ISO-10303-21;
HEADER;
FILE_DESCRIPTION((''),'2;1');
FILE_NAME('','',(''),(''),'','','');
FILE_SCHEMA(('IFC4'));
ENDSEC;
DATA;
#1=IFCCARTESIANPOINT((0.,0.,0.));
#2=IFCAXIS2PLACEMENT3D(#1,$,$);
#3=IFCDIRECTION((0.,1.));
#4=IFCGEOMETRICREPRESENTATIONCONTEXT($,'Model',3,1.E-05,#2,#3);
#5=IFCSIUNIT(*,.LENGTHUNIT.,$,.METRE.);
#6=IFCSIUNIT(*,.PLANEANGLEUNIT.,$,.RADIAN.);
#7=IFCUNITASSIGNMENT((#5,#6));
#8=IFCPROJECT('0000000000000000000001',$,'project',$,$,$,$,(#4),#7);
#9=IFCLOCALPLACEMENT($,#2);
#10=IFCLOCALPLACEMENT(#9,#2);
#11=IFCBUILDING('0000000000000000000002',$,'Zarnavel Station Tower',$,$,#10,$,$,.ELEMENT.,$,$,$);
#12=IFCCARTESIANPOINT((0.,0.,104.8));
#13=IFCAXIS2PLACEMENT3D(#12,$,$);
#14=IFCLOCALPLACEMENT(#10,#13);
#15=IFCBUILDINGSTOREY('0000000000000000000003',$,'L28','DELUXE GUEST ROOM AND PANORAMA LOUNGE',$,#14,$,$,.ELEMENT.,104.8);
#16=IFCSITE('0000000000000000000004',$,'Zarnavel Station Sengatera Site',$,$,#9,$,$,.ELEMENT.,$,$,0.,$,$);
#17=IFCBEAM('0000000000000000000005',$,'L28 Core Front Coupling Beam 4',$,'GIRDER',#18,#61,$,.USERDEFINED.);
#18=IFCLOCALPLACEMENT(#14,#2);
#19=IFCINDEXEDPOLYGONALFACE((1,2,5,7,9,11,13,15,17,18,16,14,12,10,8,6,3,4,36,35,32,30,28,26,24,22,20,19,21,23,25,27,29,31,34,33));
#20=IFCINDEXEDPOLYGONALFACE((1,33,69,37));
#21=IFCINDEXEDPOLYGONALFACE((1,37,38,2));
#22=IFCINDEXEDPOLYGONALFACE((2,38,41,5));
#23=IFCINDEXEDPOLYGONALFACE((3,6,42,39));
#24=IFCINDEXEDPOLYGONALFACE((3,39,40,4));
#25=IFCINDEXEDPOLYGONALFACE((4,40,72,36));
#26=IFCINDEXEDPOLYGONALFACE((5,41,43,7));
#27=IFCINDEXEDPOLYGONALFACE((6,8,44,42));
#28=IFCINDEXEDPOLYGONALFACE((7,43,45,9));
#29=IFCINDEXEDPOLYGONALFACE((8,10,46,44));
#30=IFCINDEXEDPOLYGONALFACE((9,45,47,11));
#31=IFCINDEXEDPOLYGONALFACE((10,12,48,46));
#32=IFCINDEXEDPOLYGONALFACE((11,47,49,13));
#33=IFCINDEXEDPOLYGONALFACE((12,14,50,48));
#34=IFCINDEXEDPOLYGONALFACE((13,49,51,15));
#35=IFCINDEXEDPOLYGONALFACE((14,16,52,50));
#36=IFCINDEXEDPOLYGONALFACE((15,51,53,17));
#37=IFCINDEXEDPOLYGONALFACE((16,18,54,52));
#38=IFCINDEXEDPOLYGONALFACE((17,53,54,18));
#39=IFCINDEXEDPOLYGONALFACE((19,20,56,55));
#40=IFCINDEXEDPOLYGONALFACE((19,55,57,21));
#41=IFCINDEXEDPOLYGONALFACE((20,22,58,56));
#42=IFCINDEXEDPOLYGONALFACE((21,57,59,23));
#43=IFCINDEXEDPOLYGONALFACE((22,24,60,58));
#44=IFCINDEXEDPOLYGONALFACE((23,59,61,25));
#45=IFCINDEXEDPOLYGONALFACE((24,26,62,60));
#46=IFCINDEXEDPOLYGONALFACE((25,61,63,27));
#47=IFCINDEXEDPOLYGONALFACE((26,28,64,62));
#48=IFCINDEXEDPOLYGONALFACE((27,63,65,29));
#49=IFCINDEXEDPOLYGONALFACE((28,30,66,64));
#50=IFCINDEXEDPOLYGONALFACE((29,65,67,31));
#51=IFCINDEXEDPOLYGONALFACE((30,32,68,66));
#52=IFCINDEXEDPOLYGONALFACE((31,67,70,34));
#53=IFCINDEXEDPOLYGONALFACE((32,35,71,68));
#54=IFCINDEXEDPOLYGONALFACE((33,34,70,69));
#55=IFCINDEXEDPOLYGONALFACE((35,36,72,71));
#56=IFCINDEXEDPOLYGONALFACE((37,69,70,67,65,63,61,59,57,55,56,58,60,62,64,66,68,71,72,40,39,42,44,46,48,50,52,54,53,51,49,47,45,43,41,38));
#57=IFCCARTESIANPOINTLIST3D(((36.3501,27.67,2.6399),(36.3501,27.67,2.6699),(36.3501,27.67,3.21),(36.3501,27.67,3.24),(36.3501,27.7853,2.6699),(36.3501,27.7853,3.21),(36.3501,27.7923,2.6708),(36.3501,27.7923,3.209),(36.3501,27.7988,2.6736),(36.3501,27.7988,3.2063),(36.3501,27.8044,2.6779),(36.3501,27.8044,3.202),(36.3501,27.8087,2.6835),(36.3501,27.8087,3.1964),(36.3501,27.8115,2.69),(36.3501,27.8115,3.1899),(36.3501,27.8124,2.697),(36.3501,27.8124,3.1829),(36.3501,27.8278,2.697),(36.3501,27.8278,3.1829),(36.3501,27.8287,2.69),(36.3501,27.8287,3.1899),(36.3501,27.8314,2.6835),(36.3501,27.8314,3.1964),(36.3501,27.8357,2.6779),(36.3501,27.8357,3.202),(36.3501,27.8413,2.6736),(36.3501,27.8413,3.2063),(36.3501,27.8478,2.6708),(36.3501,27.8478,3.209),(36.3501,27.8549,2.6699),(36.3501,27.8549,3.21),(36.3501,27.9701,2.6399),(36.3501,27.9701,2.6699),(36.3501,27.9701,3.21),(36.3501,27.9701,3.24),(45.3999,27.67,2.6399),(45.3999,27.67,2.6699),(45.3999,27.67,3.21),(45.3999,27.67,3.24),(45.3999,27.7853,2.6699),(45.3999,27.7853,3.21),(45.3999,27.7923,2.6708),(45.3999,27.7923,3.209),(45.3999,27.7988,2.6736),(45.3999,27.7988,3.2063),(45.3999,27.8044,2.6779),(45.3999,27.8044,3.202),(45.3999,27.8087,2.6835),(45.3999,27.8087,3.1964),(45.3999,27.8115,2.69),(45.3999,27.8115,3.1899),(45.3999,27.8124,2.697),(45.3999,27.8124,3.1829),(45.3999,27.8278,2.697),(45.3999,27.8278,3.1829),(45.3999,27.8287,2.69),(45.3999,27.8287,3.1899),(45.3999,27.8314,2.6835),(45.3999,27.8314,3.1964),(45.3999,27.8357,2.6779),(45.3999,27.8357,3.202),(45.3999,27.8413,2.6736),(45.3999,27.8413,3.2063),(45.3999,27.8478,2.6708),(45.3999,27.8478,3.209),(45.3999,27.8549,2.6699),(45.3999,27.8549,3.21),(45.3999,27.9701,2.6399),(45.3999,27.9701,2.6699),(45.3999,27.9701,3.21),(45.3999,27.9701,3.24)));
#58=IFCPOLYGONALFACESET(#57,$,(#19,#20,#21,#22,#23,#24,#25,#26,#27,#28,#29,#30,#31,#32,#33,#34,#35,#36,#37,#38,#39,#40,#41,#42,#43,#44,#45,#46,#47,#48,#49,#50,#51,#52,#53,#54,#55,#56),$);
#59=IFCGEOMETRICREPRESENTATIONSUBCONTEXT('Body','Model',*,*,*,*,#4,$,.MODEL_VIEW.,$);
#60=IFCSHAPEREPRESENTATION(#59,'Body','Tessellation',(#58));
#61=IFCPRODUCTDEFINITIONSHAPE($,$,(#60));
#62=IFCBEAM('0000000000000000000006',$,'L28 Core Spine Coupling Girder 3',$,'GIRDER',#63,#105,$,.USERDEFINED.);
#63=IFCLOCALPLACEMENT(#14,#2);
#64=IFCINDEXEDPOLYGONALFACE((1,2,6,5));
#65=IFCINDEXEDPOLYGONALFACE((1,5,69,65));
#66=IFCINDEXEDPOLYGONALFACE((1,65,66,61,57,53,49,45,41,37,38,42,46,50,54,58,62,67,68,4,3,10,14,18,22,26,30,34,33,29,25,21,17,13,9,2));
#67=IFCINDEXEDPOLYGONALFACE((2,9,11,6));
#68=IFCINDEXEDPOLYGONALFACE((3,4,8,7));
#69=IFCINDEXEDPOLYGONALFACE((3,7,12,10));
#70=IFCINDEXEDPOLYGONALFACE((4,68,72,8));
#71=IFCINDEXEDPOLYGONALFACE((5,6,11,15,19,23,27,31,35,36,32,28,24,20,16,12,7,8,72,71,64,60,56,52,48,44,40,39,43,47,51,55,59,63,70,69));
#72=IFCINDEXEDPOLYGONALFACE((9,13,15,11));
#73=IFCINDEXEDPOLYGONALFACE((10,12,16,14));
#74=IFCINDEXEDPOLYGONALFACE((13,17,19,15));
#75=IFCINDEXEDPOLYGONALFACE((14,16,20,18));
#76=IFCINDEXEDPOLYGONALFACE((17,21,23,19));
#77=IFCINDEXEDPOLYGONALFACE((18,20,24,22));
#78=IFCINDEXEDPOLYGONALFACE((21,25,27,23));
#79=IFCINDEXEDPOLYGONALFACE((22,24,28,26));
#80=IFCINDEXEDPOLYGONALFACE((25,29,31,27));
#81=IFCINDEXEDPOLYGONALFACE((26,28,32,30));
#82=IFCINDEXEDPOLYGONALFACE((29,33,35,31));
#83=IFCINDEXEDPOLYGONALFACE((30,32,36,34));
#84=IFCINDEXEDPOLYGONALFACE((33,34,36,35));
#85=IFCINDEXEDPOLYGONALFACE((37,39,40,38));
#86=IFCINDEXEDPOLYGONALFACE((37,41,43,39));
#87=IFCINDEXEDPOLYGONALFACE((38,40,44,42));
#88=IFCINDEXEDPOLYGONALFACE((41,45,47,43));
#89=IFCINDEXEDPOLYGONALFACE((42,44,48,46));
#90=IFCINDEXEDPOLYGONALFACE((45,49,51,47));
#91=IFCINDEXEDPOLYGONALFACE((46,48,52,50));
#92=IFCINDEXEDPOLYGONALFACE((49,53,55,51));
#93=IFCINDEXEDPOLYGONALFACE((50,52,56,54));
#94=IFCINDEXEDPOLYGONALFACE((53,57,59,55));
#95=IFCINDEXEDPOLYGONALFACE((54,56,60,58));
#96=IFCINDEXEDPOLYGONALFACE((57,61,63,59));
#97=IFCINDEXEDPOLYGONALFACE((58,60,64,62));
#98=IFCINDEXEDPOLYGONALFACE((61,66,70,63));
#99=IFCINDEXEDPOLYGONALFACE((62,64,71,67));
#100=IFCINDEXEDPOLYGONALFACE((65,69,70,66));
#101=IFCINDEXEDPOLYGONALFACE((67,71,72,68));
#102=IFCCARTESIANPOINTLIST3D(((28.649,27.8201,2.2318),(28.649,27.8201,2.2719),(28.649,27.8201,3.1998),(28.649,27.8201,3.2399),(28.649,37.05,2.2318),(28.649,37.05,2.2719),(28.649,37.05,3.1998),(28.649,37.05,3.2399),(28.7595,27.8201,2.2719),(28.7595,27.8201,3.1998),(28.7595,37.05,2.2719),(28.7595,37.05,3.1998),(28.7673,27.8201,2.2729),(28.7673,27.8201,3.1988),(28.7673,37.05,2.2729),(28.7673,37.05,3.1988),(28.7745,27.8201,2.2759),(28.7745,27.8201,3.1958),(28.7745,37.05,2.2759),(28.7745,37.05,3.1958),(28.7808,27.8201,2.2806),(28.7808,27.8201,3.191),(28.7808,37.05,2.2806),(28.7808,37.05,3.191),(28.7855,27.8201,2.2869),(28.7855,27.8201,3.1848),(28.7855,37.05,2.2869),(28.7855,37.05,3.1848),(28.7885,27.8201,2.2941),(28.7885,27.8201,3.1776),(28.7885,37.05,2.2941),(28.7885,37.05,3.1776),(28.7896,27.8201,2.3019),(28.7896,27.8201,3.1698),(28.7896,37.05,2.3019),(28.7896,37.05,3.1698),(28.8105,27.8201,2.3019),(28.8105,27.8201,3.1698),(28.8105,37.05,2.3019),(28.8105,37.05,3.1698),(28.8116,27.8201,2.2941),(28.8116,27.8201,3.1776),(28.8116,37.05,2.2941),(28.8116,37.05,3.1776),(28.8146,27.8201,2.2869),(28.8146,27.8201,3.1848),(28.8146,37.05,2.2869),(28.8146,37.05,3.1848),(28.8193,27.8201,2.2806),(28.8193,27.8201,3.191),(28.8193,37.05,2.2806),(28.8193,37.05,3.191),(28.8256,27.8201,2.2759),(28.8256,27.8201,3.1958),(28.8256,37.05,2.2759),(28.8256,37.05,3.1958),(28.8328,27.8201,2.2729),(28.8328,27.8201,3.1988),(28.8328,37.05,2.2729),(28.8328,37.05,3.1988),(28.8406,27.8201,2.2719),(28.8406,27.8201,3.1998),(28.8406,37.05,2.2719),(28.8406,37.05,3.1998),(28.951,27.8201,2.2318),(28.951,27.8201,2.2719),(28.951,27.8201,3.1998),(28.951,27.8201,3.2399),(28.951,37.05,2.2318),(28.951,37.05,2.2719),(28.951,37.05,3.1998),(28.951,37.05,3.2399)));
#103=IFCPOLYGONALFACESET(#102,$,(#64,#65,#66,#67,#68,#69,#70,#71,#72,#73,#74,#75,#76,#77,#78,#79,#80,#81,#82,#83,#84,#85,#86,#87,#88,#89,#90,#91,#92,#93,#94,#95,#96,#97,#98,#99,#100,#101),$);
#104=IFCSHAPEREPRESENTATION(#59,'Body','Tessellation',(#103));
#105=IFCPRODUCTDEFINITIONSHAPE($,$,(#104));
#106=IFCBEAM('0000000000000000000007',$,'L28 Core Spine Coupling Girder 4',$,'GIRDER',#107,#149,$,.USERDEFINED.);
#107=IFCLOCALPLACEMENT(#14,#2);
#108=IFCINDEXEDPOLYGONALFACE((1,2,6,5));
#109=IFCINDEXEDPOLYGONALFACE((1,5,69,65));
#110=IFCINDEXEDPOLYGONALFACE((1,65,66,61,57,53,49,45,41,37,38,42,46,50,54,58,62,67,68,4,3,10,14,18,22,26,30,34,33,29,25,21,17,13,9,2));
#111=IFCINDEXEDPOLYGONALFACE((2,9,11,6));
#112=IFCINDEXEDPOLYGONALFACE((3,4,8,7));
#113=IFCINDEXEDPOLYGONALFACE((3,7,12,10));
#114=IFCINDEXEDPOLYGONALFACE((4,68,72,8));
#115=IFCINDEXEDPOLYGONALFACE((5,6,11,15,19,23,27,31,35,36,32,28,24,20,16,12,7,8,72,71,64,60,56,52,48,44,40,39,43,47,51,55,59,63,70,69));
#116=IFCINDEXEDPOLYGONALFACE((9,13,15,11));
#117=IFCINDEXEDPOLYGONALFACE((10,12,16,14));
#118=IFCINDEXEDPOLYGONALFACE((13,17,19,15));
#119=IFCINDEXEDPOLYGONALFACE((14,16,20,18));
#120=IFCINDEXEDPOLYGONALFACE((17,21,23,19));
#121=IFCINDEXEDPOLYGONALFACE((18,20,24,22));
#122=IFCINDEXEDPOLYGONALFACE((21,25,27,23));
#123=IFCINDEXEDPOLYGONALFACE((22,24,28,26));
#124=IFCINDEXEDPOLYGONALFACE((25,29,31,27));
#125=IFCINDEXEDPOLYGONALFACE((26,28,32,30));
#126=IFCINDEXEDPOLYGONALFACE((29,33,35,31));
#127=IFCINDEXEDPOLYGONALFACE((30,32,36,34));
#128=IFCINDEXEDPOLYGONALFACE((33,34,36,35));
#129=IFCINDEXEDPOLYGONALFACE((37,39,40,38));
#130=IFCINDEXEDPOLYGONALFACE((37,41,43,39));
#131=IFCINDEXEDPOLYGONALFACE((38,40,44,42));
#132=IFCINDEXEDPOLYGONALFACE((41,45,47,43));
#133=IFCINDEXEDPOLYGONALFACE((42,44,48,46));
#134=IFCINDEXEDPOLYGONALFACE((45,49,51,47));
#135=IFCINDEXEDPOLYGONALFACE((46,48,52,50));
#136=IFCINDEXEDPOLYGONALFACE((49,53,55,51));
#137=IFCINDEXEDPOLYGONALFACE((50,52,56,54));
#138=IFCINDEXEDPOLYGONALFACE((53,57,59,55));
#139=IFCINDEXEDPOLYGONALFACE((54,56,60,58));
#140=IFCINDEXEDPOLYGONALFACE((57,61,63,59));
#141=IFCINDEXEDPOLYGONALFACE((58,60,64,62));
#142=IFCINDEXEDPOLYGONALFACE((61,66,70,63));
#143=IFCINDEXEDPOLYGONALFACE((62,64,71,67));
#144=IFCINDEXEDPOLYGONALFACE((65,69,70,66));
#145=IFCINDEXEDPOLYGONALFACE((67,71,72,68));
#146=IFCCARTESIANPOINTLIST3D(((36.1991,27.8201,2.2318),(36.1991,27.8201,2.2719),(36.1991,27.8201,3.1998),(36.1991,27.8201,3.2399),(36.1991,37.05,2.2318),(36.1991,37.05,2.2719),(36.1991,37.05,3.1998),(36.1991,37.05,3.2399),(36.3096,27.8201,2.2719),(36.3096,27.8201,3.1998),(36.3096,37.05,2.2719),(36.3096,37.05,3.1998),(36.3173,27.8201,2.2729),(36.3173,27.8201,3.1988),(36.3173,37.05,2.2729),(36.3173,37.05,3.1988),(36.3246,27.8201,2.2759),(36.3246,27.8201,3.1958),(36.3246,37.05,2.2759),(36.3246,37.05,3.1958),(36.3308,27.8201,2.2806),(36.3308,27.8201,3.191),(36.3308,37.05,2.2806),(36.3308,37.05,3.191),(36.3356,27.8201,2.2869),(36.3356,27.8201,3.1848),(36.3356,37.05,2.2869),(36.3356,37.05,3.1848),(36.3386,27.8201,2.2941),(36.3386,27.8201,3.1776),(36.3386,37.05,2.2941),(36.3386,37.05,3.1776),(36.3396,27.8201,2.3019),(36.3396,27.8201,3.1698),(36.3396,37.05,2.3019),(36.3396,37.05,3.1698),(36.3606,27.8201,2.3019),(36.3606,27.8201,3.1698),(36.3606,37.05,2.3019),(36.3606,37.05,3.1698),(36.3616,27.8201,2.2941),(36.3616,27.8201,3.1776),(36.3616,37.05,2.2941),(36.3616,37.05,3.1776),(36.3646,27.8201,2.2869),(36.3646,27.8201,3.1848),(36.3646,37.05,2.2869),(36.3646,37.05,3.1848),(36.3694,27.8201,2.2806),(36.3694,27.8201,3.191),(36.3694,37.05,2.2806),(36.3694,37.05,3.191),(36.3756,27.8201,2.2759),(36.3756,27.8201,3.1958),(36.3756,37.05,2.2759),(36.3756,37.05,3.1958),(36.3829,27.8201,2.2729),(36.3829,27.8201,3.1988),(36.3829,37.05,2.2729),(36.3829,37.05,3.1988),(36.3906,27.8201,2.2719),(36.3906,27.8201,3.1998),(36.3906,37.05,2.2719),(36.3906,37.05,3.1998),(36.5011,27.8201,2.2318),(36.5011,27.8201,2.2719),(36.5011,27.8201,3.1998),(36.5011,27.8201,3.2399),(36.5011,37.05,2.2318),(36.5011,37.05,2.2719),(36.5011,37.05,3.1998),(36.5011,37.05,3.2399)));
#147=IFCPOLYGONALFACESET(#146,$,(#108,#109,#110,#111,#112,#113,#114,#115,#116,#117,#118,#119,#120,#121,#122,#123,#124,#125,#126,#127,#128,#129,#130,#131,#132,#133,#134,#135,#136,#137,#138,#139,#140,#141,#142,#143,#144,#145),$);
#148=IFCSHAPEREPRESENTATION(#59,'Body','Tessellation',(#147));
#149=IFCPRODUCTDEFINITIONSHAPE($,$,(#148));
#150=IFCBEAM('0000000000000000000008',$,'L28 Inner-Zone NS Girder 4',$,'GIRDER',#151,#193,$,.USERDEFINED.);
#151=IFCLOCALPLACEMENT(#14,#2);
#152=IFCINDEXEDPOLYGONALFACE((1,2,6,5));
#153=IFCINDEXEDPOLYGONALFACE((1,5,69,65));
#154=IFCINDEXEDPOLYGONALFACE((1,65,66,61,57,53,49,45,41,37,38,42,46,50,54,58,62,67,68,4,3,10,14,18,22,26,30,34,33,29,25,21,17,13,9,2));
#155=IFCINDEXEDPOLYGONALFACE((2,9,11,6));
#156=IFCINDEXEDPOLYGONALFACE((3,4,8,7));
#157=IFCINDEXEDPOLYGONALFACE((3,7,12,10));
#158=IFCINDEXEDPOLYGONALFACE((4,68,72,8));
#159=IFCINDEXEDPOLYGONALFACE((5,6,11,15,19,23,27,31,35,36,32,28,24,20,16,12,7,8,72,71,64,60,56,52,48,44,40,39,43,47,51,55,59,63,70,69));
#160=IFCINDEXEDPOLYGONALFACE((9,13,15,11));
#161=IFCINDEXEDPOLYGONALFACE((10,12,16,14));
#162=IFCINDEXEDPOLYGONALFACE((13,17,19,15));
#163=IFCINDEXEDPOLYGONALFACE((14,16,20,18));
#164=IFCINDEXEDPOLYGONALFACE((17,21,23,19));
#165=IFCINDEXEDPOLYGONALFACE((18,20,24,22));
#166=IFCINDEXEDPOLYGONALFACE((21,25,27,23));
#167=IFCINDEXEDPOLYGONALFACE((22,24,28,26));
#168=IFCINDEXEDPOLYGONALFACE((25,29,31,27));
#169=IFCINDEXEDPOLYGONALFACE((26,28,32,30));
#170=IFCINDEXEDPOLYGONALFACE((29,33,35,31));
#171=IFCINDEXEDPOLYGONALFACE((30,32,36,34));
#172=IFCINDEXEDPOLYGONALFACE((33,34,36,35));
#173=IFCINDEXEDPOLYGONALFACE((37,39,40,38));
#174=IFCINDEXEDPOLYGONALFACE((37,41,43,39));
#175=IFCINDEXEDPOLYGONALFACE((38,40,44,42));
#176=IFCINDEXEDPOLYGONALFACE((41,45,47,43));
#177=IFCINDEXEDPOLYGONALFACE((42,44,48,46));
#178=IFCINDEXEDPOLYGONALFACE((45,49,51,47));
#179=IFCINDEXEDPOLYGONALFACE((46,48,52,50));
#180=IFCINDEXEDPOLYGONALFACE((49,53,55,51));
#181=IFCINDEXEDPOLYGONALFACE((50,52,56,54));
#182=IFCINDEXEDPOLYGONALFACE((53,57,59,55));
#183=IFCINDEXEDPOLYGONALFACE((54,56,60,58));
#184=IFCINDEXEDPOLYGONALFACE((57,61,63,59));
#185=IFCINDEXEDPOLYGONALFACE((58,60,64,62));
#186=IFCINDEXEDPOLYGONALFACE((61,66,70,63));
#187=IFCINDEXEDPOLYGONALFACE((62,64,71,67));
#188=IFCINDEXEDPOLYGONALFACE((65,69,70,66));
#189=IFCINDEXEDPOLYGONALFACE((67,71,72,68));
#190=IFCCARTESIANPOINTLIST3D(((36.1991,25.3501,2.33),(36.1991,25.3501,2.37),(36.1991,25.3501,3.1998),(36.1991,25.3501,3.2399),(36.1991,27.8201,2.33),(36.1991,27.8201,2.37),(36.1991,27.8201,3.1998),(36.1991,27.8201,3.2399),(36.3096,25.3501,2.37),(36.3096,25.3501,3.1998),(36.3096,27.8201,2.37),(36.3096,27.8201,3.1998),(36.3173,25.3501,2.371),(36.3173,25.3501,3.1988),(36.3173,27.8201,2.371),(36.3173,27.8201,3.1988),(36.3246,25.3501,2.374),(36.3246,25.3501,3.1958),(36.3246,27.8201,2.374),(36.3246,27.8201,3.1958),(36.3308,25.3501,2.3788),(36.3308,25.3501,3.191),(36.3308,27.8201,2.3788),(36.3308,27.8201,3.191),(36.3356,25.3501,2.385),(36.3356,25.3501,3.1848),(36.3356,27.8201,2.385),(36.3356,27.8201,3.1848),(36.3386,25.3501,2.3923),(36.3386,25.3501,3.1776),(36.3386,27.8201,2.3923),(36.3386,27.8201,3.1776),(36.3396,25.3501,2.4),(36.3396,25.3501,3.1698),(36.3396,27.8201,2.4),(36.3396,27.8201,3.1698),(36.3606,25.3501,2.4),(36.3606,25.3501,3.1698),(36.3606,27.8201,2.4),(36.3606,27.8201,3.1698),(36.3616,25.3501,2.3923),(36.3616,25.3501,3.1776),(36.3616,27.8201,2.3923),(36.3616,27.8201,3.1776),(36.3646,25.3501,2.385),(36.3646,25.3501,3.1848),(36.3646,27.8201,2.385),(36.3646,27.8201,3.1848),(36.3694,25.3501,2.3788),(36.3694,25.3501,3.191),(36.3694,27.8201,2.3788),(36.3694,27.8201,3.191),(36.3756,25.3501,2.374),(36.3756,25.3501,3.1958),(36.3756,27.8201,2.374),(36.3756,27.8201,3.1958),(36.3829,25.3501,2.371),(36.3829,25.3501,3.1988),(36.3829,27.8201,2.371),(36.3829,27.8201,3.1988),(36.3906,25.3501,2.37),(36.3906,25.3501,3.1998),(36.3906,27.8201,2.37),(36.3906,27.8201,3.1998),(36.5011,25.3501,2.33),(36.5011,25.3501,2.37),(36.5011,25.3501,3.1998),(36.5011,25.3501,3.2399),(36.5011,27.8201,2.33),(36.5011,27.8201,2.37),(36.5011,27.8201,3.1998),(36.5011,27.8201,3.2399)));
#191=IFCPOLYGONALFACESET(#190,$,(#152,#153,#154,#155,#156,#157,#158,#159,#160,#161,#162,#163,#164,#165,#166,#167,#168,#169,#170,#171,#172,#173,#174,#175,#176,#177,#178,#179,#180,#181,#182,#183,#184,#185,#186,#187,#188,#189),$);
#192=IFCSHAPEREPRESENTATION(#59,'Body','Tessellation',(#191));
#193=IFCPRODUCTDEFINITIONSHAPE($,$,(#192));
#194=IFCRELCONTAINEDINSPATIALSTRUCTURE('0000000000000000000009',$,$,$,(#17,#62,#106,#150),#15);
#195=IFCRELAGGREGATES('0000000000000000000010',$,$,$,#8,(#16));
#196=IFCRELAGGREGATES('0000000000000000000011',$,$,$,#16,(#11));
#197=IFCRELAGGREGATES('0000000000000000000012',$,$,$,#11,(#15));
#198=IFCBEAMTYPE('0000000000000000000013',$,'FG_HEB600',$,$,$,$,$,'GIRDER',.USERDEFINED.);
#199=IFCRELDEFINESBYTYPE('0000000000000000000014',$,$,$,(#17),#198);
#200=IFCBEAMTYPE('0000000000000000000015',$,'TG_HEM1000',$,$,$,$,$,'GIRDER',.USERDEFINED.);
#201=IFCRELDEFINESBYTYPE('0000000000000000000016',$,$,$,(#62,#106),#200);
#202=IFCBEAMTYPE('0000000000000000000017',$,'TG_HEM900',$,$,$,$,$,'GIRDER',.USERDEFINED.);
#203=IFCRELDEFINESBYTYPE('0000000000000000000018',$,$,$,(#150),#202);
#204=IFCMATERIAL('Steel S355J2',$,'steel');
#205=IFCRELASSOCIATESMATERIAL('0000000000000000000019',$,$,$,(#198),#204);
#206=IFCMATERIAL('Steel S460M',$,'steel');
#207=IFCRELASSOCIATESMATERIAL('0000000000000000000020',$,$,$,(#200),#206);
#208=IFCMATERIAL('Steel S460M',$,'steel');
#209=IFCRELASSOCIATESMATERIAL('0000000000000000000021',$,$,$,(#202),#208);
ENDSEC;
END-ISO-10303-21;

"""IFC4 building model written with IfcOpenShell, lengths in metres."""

from ifc_helpers import new_model, si_unit, direction, frame, origin, origin_2d, place, context, subcontext, project, spatial, i_section, extrude, material, material_profile, profile_set, type_object, element, save


model = new_model("IFC4")

# Units and contexts
model_context = context("Model", 3, precision=1e-05, world=origin(), true_north=direction((0.0, 1.0)))
body_context = subcontext(model_context, "Body", "Model", "MODEL_VIEW")
ifc_project = project(units=[si_unit("LENGTHUNIT", "METRE"), si_unit("PLANEANGLEUNIT", "RADIAN")], contexts=[model_context])

# Site, building, storey
site_placement = place(None, origin())
site = spatial("IfcSite", under=ifc_project, at=site_placement, Name="Zarnavel Station Sengatera Site", CompositionType="ELEMENT", RefElevation=0.0)
building_placement = place(site_placement, origin())
building = spatial("IfcBuilding", under=site, at=building_placement, Name="Zarnavel Station Tower", CompositionType="ELEMENT")
storey_placement = place(building_placement, frame((0.0, 0.0, 104.8)))
storey = spatial("IfcBuildingStorey", under=building, at=storey_placement, Name="L28", Description="DELUXE GUEST ROOM AND PANORAMA LOUNGE", CompositionType="ELEMENT", Elevation=104.8)

# Beams
ifc_material_1 = material(Name="Steel S355J2", Category="steel")
ifc_material_profile_1 = material_profile(ifc_material_1, i_section(OverallWidth=0.3, OverallDepth=0.6001, WebThickness=0.0154, FlangeThickness=0.03, FilletRadius=0.0271, at=origin_2d()), Name="HEB600")
ifc_profile_set_1 = profile_set([ifc_material_profile_1], Name="Steel S355J2")
beam_type_1 = type_object("IfcBeamType", Name="FG_HEB600", ElementType="GIRDER", PredefinedType="USERDEFINED", material=ifc_profile_set_1)
beam_1_placement = place(storey_placement, frame((36.3501, 27.8201, 2.9399), z_axis=(1.0, 0.0, 0.0), x_axis=(0.0, 1.0, 0.0)))
element("IfcBeam", 1, at=beam_1_placement, inside=storey, type_object=beam_type_1, Name="L28 Core Front Coupling Beam 4", ObjectType="GIRDER", PredefinedType="USERDEFINED", context=body_context, shape_type="SweptSolid", body=[
    extrude(i_section(OverallWidth=0.3, OverallDepth=0.6001, WebThickness=0.0154, FlangeThickness=0.03, FilletRadius=0.0271, at=origin_2d()), origin(), (0.0, 0.0, 1.0), 9.0498),
])
ifc_material_2 = material(Name="Steel S460M", Category="steel")
ifc_material_profile_2 = material_profile(ifc_material_2, i_section(OverallWidth=0.302, OverallDepth=1.0081, WebThickness=0.021, FlangeThickness=0.04, FilletRadius=0.03, at=origin_2d()), Name="HEM1000")
ifc_profile_set_2 = profile_set([ifc_material_profile_2], Name="Steel S460M")
beam_type_2 = type_object("IfcBeamType", Name="TG_HEM1000", ElementType="GIRDER", PredefinedType="USERDEFINED", material=ifc_profile_set_2)
for number, where, z_axis, x_axis, name in (
    (2, (28.8, 27.8201, 2.7358), (0.0, 1.0, 0.0), (-1.0, 0.0, 0.0), "L28 Core Spine Coupling Girder 3"),
    (3, (36.3501, 27.8201, 2.7358), (0.0, 1.0, 0.0), (-1.0, 0.0, 0.0), "L28 Core Spine Coupling Girder 4"),
):
    element("IfcBeam", number, at=place(storey_placement, frame(where, z_axis=z_axis, x_axis=x_axis)), inside=storey, type_object=beam_type_2, Name=name, ObjectType="GIRDER", PredefinedType="USERDEFINED", context=body_context, shape_type="SweptSolid", body=[
        extrude(i_section(OverallWidth=0.302, OverallDepth=1.0081, WebThickness=0.021, FlangeThickness=0.04, FilletRadius=0.03, at=origin_2d()), origin(), (0.0, 0.0, 1.0), 9.23),
    ])
ifc_material_3 = material(Name="Steel S460M", Category="steel")
ifc_material_profile_3 = material_profile(ifc_material_3, i_section(OverallWidth=0.302, OverallDepth=0.9099, WebThickness=0.021, FlangeThickness=0.04, FilletRadius=0.03, at=origin_2d()), Name="HEM900")
ifc_profile_set_3 = profile_set([ifc_material_profile_3], Name="Steel S460M")
beam_type_3 = type_object("IfcBeamType", Name="TG_HEM900", ElementType="GIRDER", PredefinedType="USERDEFINED", material=ifc_profile_set_3)
beam_2_placement = place(storey_placement, frame((36.3501, 25.3501, 2.7849), z_axis=(0.0, 1.0, 0.0), x_axis=(-1.0, 0.0, 0.0)))
element("IfcBeam", 4, at=beam_2_placement, inside=storey, type_object=beam_type_3, Name="L28 Inner-Zone NS Girder 4", ObjectType="GIRDER", PredefinedType="USERDEFINED", context=body_context, shape_type="SweptSolid", body=[
    extrude(i_section(OverallWidth=0.302, OverallDepth=0.9099, WebThickness=0.021, FlangeThickness=0.04, FilletRadius=0.03, at=origin_2d()), origin(), (0.0, 0.0, 1.0), 2.47),
])

save(model, "model.ifc")
